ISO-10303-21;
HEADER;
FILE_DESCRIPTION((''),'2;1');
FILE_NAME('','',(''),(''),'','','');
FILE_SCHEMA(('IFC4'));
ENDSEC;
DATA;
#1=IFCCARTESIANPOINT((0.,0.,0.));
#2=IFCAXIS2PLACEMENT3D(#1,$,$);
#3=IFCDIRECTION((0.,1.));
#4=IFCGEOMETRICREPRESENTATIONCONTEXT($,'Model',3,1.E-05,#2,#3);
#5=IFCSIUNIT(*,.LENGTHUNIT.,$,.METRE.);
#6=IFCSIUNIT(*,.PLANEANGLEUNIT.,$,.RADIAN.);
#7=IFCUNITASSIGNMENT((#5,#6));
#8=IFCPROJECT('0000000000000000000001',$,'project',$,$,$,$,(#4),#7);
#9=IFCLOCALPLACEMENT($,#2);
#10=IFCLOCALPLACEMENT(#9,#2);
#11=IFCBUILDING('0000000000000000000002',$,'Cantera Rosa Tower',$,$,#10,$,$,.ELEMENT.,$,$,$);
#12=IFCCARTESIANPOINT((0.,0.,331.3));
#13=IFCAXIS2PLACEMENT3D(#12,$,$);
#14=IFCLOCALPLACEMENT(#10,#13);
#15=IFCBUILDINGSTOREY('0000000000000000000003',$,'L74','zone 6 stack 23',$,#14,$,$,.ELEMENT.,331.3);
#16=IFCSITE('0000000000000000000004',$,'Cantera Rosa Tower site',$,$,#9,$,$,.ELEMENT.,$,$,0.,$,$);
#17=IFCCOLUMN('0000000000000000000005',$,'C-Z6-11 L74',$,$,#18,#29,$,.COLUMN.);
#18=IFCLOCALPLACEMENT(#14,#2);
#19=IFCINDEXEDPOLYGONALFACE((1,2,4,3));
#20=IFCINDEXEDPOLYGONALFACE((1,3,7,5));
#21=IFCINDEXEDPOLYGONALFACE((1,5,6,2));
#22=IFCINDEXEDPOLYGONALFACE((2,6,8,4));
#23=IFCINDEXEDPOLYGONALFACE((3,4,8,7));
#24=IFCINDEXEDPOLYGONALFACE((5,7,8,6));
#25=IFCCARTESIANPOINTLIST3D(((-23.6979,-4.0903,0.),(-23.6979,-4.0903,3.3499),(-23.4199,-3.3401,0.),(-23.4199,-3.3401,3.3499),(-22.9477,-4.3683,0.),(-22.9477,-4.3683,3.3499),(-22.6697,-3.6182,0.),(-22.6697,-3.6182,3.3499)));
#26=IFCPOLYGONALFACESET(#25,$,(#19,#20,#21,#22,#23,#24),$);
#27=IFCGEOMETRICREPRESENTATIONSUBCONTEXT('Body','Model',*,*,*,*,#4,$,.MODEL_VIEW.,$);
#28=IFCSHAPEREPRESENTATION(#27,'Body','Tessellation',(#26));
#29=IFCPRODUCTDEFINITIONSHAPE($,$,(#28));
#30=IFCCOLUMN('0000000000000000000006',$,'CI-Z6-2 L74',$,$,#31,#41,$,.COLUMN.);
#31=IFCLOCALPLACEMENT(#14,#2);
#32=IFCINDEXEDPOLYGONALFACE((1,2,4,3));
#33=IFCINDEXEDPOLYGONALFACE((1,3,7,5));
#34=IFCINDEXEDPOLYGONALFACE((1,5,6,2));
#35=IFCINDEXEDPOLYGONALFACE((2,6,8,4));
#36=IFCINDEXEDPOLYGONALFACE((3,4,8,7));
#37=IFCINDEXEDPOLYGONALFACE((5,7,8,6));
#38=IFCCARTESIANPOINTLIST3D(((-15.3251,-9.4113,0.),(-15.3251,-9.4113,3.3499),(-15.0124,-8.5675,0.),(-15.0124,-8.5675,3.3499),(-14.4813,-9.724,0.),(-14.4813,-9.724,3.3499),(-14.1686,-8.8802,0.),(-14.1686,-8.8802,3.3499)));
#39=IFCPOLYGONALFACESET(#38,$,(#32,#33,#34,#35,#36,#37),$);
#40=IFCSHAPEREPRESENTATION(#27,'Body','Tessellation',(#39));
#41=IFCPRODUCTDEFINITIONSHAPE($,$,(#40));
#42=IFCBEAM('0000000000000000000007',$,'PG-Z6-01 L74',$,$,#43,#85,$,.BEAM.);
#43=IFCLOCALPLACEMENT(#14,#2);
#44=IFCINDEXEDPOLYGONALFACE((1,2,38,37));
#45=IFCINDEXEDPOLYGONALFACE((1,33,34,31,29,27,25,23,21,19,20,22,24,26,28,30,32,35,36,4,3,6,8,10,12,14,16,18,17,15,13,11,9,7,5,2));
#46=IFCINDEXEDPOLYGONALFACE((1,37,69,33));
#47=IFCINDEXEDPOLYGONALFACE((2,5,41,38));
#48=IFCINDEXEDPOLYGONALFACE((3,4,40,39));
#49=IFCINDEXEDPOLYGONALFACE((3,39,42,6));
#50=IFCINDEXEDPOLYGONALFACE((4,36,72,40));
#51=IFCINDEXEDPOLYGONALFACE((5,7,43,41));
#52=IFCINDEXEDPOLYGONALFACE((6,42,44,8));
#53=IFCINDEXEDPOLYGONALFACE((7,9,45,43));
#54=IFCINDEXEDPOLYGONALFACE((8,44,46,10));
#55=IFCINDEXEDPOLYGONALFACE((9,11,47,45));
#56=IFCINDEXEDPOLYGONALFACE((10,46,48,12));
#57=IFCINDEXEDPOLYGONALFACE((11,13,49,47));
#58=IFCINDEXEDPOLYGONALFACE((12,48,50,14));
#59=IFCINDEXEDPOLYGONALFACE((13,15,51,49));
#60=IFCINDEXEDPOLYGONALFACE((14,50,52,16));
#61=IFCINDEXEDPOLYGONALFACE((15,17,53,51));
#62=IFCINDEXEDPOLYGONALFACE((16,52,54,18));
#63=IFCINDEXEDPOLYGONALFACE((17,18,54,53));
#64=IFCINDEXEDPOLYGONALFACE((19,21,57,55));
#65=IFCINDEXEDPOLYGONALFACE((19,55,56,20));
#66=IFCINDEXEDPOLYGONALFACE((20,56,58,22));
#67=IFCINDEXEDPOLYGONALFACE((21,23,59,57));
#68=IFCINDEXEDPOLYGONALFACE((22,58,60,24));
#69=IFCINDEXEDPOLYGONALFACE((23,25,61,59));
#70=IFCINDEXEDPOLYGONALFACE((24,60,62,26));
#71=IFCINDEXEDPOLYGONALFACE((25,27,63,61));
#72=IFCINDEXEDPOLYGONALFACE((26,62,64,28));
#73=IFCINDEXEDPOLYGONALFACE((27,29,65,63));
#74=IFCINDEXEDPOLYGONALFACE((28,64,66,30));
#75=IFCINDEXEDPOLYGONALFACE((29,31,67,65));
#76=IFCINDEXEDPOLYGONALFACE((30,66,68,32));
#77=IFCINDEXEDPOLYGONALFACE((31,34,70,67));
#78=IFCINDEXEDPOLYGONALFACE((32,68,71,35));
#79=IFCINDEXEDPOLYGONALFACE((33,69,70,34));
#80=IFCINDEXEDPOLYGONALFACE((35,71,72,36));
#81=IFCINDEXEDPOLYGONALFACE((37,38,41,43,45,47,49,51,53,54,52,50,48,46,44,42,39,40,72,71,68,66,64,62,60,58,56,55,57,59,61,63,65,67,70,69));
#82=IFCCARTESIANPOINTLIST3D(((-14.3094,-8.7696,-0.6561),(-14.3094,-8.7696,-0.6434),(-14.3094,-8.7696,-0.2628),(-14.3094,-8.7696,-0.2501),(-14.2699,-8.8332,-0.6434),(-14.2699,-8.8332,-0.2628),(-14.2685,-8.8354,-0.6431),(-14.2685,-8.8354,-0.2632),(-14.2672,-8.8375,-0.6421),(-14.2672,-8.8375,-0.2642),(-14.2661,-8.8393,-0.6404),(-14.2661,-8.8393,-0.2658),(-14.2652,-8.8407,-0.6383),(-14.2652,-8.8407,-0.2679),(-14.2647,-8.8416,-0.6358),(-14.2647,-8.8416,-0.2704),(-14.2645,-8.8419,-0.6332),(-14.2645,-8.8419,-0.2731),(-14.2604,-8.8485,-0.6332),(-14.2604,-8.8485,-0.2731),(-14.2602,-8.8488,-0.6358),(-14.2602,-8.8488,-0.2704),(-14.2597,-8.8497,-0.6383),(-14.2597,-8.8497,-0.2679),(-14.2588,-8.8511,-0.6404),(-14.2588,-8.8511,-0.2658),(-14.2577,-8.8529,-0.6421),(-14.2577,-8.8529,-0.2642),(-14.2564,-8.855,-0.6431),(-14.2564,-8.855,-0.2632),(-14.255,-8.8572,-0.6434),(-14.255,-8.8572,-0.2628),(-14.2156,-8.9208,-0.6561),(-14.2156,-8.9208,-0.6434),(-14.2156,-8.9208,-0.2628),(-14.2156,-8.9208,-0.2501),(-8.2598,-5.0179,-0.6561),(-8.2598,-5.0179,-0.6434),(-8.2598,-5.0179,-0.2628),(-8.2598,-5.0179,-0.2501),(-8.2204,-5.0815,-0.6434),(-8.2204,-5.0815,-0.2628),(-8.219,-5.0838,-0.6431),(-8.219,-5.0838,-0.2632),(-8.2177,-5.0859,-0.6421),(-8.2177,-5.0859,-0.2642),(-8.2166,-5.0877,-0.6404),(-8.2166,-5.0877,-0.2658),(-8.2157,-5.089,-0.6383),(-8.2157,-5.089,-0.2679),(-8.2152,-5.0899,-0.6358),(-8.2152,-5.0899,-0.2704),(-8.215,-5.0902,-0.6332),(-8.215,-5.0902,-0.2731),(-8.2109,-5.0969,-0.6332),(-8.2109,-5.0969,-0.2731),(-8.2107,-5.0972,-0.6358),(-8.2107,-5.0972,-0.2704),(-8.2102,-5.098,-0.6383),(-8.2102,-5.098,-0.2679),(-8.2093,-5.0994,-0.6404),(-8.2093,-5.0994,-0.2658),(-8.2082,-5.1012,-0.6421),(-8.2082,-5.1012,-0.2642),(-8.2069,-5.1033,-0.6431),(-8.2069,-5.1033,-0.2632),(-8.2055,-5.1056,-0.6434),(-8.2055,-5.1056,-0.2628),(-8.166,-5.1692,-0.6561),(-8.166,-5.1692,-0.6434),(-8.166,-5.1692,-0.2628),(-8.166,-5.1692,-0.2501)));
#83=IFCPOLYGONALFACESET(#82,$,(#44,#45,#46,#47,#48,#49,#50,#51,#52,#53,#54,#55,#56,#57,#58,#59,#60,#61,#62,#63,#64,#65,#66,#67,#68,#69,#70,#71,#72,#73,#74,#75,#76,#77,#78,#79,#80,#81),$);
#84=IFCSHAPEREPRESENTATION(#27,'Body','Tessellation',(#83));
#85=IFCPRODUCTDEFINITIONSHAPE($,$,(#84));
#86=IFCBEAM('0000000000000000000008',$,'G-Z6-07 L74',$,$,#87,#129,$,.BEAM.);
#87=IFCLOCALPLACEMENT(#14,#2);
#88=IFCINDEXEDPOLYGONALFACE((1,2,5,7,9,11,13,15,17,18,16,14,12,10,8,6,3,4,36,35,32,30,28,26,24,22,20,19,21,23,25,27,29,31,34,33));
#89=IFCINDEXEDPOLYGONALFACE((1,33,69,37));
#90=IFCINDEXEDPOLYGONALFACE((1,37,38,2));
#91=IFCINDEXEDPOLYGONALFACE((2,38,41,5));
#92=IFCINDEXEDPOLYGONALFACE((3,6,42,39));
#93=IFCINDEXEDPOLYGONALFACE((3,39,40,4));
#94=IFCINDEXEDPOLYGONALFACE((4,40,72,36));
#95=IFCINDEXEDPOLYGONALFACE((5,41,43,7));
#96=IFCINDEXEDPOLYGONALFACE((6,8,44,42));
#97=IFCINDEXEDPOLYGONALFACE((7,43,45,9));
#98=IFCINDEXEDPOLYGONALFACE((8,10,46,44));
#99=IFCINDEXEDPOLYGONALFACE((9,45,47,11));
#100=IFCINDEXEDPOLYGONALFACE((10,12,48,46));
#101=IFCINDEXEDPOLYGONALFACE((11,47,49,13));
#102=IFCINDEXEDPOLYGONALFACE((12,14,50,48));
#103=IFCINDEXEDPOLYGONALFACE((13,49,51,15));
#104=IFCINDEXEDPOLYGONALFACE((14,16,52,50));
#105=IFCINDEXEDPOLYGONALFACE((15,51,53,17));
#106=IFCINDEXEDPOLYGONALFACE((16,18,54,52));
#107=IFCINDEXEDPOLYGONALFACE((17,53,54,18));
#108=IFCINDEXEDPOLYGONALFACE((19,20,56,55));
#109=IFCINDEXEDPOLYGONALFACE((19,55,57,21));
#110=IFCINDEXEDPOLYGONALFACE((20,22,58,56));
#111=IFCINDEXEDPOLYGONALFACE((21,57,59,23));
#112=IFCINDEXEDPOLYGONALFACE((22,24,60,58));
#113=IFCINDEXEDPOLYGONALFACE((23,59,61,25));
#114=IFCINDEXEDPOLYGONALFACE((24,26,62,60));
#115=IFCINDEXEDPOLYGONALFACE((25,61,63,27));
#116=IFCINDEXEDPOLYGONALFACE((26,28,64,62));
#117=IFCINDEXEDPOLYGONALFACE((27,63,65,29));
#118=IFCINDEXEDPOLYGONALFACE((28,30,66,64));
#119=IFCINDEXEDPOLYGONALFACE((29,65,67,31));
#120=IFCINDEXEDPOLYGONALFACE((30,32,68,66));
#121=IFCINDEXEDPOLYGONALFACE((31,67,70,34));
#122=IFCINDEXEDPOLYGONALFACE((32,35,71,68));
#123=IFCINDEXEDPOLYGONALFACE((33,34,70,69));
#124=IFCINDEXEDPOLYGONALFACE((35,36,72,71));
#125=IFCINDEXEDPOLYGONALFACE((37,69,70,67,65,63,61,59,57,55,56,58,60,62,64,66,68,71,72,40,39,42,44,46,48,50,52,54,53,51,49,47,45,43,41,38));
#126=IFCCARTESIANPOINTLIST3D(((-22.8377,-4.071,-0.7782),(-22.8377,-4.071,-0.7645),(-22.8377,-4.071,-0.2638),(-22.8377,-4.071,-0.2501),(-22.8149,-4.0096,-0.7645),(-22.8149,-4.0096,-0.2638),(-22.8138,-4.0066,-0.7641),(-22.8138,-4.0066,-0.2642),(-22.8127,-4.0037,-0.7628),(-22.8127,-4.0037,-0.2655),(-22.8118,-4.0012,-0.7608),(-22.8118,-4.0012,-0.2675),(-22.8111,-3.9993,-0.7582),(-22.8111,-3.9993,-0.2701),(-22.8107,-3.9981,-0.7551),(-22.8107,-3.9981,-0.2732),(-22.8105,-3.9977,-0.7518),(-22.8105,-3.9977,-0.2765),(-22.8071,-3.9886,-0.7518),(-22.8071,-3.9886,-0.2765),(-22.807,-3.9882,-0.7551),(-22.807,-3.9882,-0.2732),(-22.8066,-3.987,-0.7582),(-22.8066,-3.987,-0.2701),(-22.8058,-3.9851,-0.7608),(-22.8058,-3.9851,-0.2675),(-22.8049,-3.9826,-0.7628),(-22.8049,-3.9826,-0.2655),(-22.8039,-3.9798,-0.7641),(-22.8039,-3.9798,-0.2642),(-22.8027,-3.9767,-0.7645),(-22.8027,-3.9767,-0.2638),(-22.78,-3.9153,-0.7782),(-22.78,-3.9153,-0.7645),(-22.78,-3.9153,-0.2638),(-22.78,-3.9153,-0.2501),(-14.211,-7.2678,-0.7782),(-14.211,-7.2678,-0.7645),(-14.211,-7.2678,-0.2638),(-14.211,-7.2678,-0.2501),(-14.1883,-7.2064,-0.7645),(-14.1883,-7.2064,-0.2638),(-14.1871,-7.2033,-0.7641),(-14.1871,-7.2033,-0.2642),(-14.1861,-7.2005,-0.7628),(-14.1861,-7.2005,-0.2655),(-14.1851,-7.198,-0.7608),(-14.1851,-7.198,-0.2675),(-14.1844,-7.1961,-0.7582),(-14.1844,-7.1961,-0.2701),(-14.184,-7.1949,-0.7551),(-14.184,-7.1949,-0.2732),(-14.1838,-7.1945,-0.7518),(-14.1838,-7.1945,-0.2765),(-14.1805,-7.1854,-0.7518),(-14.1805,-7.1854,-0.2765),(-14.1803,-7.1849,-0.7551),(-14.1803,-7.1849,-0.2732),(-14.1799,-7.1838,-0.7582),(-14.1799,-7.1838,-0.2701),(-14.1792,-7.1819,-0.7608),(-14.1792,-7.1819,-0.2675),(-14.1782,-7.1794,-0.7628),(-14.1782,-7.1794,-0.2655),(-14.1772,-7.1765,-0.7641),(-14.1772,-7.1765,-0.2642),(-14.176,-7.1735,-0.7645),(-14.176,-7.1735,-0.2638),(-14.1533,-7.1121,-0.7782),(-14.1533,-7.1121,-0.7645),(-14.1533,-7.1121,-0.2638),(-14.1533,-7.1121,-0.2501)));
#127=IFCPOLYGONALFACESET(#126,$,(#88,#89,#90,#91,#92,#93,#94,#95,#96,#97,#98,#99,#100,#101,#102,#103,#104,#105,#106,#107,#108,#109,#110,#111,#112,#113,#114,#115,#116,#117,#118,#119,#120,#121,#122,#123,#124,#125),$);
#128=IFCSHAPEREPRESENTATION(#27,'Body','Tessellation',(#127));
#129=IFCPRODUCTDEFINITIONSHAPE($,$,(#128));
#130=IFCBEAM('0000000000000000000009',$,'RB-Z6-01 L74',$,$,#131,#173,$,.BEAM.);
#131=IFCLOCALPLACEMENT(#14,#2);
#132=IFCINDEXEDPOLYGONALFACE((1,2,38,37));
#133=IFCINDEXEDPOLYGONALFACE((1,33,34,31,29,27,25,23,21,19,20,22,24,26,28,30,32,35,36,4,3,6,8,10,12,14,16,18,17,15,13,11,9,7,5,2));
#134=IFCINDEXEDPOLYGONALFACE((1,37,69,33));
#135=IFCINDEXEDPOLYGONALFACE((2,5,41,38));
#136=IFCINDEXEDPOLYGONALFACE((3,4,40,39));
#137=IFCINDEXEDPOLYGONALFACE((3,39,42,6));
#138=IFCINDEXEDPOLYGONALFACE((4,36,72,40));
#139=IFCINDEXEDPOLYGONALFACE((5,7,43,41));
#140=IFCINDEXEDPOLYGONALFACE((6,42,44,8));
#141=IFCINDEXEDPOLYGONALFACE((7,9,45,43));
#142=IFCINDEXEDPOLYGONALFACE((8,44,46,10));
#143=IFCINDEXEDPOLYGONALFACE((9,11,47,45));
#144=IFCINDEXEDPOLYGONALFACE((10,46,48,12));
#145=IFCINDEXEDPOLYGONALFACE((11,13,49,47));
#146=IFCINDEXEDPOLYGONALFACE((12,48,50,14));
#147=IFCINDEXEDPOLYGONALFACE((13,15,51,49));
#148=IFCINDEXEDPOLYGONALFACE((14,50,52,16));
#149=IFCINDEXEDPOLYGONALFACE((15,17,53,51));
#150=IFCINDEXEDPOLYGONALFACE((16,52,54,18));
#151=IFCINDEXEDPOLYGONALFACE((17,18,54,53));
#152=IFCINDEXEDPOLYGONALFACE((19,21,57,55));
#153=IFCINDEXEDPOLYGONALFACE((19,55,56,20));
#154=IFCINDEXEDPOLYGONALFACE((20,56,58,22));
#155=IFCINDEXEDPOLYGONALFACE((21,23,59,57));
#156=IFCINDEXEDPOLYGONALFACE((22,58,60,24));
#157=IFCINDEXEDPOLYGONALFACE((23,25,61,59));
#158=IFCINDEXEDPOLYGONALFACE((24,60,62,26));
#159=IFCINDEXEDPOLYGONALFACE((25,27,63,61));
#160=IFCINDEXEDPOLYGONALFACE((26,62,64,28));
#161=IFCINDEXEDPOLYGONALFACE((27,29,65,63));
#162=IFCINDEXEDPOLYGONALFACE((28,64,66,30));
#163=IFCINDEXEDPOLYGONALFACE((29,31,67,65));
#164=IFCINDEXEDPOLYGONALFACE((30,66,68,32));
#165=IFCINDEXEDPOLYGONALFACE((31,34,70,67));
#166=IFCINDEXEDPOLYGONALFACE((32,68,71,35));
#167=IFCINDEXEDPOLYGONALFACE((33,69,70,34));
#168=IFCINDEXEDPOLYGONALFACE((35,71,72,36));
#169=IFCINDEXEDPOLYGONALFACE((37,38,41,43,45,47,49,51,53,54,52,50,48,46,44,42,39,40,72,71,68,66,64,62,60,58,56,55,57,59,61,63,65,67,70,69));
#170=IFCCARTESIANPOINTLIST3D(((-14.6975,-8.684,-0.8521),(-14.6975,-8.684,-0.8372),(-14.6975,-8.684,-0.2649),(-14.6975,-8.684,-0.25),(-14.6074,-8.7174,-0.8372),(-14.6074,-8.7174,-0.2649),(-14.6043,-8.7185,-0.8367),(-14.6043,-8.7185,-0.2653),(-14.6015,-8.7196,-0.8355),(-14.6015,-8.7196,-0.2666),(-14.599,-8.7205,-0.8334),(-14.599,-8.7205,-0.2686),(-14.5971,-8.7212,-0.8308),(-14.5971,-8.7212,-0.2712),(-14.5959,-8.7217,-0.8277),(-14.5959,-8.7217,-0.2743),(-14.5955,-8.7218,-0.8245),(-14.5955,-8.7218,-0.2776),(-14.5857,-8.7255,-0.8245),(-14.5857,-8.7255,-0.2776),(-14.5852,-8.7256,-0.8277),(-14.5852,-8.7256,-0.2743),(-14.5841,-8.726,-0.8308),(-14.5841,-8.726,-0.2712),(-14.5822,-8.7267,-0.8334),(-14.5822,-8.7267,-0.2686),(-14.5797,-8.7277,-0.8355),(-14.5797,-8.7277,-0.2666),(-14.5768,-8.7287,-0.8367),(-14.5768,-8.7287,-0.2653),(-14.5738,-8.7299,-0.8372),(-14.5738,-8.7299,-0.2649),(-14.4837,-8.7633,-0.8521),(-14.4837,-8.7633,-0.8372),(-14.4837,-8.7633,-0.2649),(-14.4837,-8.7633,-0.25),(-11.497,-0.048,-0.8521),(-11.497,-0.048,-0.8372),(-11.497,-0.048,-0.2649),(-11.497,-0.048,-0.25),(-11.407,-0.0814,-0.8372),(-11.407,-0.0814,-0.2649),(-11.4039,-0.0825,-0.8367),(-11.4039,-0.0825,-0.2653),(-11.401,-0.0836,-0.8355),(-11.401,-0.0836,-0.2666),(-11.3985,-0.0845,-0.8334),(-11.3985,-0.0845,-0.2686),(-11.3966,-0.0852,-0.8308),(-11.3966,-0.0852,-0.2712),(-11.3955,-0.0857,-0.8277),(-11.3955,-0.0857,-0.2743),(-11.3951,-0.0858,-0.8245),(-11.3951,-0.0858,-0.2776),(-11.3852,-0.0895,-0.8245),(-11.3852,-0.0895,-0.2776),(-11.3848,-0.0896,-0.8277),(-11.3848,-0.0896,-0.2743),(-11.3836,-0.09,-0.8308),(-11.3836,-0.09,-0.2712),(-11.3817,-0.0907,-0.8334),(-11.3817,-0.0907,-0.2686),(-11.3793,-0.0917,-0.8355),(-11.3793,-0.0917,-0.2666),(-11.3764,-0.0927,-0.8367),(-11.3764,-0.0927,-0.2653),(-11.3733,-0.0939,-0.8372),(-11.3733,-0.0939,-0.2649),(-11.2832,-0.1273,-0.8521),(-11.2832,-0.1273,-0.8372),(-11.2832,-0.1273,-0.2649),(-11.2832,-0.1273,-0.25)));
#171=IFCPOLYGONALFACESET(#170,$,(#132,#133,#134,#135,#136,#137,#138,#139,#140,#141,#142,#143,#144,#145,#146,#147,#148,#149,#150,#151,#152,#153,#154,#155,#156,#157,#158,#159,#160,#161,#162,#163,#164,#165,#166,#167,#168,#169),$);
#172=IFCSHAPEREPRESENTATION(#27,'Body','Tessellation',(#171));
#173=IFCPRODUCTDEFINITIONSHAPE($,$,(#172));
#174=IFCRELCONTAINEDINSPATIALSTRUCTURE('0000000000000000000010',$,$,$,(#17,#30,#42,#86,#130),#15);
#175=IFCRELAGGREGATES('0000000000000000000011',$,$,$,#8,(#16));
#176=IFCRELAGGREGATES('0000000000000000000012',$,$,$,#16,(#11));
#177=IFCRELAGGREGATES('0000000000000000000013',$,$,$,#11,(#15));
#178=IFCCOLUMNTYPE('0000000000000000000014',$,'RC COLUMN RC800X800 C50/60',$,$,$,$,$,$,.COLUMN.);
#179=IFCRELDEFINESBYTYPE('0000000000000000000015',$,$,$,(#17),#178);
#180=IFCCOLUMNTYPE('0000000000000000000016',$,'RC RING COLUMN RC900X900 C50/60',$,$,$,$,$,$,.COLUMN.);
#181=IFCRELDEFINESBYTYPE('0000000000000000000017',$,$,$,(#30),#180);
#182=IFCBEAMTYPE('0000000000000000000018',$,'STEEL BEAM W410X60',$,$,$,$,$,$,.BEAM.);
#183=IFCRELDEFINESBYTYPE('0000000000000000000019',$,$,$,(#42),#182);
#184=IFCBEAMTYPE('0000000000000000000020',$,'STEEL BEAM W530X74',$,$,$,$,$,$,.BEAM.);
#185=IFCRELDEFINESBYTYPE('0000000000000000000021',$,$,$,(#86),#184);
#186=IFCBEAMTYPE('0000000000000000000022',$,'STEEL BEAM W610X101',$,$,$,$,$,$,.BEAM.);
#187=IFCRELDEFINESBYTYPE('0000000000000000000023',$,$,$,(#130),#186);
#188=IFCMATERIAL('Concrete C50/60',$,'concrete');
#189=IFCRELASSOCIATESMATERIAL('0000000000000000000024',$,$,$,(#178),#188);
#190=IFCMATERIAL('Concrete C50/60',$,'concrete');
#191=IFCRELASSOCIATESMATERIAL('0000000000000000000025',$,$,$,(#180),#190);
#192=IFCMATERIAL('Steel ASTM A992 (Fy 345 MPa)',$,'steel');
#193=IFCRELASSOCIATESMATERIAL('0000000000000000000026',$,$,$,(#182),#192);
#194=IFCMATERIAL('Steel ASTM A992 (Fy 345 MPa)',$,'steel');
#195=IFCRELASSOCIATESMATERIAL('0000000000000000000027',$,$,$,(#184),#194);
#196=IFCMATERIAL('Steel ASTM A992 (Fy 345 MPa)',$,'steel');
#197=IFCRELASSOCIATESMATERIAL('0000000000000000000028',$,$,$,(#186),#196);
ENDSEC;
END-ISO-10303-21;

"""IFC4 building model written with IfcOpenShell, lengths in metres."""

from ifc_helpers import new_model, si_unit, direction, frame, origin, origin_2d, place, context, subcontext, project, spatial, rectangle, i_section, extrude, material, material_profile, profile_set, type_object, element, save


model = new_model("IFC4")

# Units and contexts
model_context = context("Model", 3, precision=1e-05, world=origin(), true_north=direction((0.0, 1.0)))
body_context = subcontext(model_context, "Body", "Model", "MODEL_VIEW")
ifc_project = project(units=[si_unit("LENGTHUNIT", "METRE"), si_unit("PLANEANGLEUNIT", "RADIAN")], contexts=[model_context])

# Site, building, storey
site_placement = place(None, origin())
site = spatial("IfcSite", under=ifc_project, at=site_placement, Name="Cantera Rosa Tower site", CompositionType="ELEMENT", RefElevation=0.0)
building_placement = place(site_placement, origin())
building = spatial("IfcBuilding", under=site, at=building_placement, Name="Cantera Rosa Tower", CompositionType="ELEMENT")
storey_placement = place(building_placement, frame((0.0, 0.0, 331.3)))
storey = spatial("IfcBuildingStorey", under=building, at=storey_placement, Name="L74", Description="zone 6 stack 23", CompositionType="ELEMENT", Elevation=331.3)

# Columns
ifc_material_1 = material(Name="Concrete C50/60", Category="concrete")
ifc_material_profile_1 = material_profile(ifc_material_1, rectangle(XDim=0.8, YDim=0.8, at=origin_2d()), Name="RC COLUMN RC800X800 C50/60")
ifc_profile_set_1 = profile_set([ifc_material_profile_1], Name="Concrete C50/60")
column_type_1 = type_object("IfcColumnType", Name="RC COLUMN RC800X800 C50/60", PredefinedType="COLUMN", material=ifc_profile_set_1)
column_1_placement = place(storey_placement, frame((-23.1838, -3.8542, 0.0), z_axis=(0.0, 0.0, 1.0), x_axis=(0.347481, 0.937687, 0.0)))
element("IfcColumn", 1, at=column_1_placement, inside=storey, type_object=column_type_1, Name="C-Z6-11 L74", PredefinedType="COLUMN", context=body_context, shape_type="SweptSolid", body=[
    extrude(rectangle(XDim=0.8, YDim=0.8, at=origin_2d()), origin(), (0.0, 0.0, 1.0), 3.3499),
])
ifc_material_2 = material(Name="Concrete C50/60", Category="concrete")
ifc_material_profile_2 = material_profile(ifc_material_2, rectangle(XDim=0.8999, YDim=0.8999, at=origin_2d()), Name="RC RING COLUMN RC900X900 C50/60")
ifc_profile_set_2 = profile_set([ifc_material_profile_2], Name="Concrete C50/60")
column_type_2 = type_object("IfcColumnType", Name="RC RING COLUMN RC900X900 C50/60", PredefinedType="COLUMN", material=ifc_profile_set_2)
column_2_placement = place(storey_placement, frame((-14.7468, -9.1458, 0.0), z_axis=(0.0, 0.0, 1.0), x_axis=(0.347481, 0.937687, 0.0)))
element("IfcColumn", 2, at=column_2_placement, inside=storey, type_object=column_type_2, Name="CI-Z6-2 L74", PredefinedType="COLUMN", context=body_context, shape_type="SweptSolid", body=[
    extrude(rectangle(XDim=0.8999, YDim=0.8999, at=origin_2d()), origin(), (0.0, 0.0, 1.0), 3.3499),
])

# Beams
ifc_material_3 = material(Name="Steel ASTM A992 (Fy 345 MPa)", Category="steel")
ifc_material_profile_3 = material_profile(ifc_material_3, i_section(OverallWidth=0.178, OverallDepth=0.406, WebThickness=0.0078, FlangeThickness=0.0127, FilletRadius=0.0103, at=origin_2d()), Name="W410X60")
ifc_profile_set_3 = profile_set([ifc_material_profile_3], Name="Steel ASTM A992 (Fy 345 MPa)")
beam_type_1 = type_object("IfcBeamType", Name="STEEL BEAM W410X60", PredefinedType="BEAM", material=ifc_profile_set_3)
beam_1_placement = place(storey_placement, frame((-14.2625, -8.8452, -0.4531), z_axis=(0.849841, 0.527039, 0.0), x_axis=(-0.527039, 0.849841, 0.0)))
element("IfcBeam", 3, at=beam_1_placement, inside=storey, type_object=beam_type_1, Name="PG-Z6-01 L74", PredefinedType="BEAM", context=body_context, shape_type="SweptSolid", body=[
    extrude(i_section(OverallWidth=0.178, OverallDepth=0.406, WebThickness=0.0078, FlangeThickness=0.0127, FilletRadius=0.0103, at=origin_2d()), origin(), (0.0, 0.0, 1.0), 7.1184),
])
ifc_material_4 = material(Name="Steel ASTM A992 (Fy 345 MPa)", Category="steel")
ifc_material_profile_4 = material_profile(ifc_material_4, i_section(OverallWidth=0.166, OverallDepth=0.5281, WebThickness=0.0098, FlangeThickness=0.0137, FilletRadius=0.0127, at=origin_2d()), Name="W530X74")
ifc_profile_set_4 = profile_set([ifc_material_profile_4], Name="Steel ASTM A992 (Fy 345 MPa)")
beam_type_2 = type_object("IfcBeamType", Name="STEEL BEAM W530X74", PredefinedType="BEAM", material=ifc_profile_set_4)
beam_2_placement = place(storey_placement, frame((-22.8088, -3.9932, -0.5142), z_axis=(0.937689, -0.347477, 0.0), x_axis=(0.347477, 0.937689, 0.0)))
element("IfcBeam", 4, at=beam_2_placement, inside=storey, type_object=beam_type_2, Name="G-Z6-07 L74", PredefinedType="BEAM", context=body_context, shape_type="SweptSolid", body=[
    extrude(i_section(OverallWidth=0.166, OverallDepth=0.5281, WebThickness=0.0098, FlangeThickness=0.0137, FilletRadius=0.0127, at=origin_2d()), origin(), (0.0, 0.0, 1.0), 9.2),
])
ifc_material_5 = material(Name="Steel ASTM A992 (Fy 345 MPa)", Category="steel")
ifc_material_profile_5 = material_profile(ifc_material_5, i_section(OverallWidth=0.228, OverallDepth=0.6021, WebThickness=0.0105, FlangeThickness=0.0149, FilletRadius=0.0127, at=origin_2d()), Name="W610X101")
ifc_profile_set_5 = profile_set([ifc_material_profile_5], Name="Steel ASTM A992 (Fy 345 MPa)")
beam_type_3 = type_object("IfcBeamType", Name="STEEL BEAM W610X101", PredefinedType="BEAM", material=ifc_profile_set_5)
beam_3_placement = place(storey_placement, frame((-14.5906, -8.7236, -0.551), z_axis=(0.347498, 0.937681, 0.0), x_axis=(-0.937681, 0.347498, 0.0)))
element("IfcBeam", 5, at=beam_3_placement, inside=storey, type_object=beam_type_3, Name="RB-Z6-01 L74", PredefinedType="BEAM", context=body_context, shape_type="SweptSolid", body=[
    extrude(i_section(OverallWidth=0.228, OverallDepth=0.6021, WebThickness=0.0105, FlangeThickness=0.0149, FilletRadius=0.0127, at=origin_2d()), origin(), (0.0, 0.0, 1.0), 9.21),
])

save(model, "model.ifc")
